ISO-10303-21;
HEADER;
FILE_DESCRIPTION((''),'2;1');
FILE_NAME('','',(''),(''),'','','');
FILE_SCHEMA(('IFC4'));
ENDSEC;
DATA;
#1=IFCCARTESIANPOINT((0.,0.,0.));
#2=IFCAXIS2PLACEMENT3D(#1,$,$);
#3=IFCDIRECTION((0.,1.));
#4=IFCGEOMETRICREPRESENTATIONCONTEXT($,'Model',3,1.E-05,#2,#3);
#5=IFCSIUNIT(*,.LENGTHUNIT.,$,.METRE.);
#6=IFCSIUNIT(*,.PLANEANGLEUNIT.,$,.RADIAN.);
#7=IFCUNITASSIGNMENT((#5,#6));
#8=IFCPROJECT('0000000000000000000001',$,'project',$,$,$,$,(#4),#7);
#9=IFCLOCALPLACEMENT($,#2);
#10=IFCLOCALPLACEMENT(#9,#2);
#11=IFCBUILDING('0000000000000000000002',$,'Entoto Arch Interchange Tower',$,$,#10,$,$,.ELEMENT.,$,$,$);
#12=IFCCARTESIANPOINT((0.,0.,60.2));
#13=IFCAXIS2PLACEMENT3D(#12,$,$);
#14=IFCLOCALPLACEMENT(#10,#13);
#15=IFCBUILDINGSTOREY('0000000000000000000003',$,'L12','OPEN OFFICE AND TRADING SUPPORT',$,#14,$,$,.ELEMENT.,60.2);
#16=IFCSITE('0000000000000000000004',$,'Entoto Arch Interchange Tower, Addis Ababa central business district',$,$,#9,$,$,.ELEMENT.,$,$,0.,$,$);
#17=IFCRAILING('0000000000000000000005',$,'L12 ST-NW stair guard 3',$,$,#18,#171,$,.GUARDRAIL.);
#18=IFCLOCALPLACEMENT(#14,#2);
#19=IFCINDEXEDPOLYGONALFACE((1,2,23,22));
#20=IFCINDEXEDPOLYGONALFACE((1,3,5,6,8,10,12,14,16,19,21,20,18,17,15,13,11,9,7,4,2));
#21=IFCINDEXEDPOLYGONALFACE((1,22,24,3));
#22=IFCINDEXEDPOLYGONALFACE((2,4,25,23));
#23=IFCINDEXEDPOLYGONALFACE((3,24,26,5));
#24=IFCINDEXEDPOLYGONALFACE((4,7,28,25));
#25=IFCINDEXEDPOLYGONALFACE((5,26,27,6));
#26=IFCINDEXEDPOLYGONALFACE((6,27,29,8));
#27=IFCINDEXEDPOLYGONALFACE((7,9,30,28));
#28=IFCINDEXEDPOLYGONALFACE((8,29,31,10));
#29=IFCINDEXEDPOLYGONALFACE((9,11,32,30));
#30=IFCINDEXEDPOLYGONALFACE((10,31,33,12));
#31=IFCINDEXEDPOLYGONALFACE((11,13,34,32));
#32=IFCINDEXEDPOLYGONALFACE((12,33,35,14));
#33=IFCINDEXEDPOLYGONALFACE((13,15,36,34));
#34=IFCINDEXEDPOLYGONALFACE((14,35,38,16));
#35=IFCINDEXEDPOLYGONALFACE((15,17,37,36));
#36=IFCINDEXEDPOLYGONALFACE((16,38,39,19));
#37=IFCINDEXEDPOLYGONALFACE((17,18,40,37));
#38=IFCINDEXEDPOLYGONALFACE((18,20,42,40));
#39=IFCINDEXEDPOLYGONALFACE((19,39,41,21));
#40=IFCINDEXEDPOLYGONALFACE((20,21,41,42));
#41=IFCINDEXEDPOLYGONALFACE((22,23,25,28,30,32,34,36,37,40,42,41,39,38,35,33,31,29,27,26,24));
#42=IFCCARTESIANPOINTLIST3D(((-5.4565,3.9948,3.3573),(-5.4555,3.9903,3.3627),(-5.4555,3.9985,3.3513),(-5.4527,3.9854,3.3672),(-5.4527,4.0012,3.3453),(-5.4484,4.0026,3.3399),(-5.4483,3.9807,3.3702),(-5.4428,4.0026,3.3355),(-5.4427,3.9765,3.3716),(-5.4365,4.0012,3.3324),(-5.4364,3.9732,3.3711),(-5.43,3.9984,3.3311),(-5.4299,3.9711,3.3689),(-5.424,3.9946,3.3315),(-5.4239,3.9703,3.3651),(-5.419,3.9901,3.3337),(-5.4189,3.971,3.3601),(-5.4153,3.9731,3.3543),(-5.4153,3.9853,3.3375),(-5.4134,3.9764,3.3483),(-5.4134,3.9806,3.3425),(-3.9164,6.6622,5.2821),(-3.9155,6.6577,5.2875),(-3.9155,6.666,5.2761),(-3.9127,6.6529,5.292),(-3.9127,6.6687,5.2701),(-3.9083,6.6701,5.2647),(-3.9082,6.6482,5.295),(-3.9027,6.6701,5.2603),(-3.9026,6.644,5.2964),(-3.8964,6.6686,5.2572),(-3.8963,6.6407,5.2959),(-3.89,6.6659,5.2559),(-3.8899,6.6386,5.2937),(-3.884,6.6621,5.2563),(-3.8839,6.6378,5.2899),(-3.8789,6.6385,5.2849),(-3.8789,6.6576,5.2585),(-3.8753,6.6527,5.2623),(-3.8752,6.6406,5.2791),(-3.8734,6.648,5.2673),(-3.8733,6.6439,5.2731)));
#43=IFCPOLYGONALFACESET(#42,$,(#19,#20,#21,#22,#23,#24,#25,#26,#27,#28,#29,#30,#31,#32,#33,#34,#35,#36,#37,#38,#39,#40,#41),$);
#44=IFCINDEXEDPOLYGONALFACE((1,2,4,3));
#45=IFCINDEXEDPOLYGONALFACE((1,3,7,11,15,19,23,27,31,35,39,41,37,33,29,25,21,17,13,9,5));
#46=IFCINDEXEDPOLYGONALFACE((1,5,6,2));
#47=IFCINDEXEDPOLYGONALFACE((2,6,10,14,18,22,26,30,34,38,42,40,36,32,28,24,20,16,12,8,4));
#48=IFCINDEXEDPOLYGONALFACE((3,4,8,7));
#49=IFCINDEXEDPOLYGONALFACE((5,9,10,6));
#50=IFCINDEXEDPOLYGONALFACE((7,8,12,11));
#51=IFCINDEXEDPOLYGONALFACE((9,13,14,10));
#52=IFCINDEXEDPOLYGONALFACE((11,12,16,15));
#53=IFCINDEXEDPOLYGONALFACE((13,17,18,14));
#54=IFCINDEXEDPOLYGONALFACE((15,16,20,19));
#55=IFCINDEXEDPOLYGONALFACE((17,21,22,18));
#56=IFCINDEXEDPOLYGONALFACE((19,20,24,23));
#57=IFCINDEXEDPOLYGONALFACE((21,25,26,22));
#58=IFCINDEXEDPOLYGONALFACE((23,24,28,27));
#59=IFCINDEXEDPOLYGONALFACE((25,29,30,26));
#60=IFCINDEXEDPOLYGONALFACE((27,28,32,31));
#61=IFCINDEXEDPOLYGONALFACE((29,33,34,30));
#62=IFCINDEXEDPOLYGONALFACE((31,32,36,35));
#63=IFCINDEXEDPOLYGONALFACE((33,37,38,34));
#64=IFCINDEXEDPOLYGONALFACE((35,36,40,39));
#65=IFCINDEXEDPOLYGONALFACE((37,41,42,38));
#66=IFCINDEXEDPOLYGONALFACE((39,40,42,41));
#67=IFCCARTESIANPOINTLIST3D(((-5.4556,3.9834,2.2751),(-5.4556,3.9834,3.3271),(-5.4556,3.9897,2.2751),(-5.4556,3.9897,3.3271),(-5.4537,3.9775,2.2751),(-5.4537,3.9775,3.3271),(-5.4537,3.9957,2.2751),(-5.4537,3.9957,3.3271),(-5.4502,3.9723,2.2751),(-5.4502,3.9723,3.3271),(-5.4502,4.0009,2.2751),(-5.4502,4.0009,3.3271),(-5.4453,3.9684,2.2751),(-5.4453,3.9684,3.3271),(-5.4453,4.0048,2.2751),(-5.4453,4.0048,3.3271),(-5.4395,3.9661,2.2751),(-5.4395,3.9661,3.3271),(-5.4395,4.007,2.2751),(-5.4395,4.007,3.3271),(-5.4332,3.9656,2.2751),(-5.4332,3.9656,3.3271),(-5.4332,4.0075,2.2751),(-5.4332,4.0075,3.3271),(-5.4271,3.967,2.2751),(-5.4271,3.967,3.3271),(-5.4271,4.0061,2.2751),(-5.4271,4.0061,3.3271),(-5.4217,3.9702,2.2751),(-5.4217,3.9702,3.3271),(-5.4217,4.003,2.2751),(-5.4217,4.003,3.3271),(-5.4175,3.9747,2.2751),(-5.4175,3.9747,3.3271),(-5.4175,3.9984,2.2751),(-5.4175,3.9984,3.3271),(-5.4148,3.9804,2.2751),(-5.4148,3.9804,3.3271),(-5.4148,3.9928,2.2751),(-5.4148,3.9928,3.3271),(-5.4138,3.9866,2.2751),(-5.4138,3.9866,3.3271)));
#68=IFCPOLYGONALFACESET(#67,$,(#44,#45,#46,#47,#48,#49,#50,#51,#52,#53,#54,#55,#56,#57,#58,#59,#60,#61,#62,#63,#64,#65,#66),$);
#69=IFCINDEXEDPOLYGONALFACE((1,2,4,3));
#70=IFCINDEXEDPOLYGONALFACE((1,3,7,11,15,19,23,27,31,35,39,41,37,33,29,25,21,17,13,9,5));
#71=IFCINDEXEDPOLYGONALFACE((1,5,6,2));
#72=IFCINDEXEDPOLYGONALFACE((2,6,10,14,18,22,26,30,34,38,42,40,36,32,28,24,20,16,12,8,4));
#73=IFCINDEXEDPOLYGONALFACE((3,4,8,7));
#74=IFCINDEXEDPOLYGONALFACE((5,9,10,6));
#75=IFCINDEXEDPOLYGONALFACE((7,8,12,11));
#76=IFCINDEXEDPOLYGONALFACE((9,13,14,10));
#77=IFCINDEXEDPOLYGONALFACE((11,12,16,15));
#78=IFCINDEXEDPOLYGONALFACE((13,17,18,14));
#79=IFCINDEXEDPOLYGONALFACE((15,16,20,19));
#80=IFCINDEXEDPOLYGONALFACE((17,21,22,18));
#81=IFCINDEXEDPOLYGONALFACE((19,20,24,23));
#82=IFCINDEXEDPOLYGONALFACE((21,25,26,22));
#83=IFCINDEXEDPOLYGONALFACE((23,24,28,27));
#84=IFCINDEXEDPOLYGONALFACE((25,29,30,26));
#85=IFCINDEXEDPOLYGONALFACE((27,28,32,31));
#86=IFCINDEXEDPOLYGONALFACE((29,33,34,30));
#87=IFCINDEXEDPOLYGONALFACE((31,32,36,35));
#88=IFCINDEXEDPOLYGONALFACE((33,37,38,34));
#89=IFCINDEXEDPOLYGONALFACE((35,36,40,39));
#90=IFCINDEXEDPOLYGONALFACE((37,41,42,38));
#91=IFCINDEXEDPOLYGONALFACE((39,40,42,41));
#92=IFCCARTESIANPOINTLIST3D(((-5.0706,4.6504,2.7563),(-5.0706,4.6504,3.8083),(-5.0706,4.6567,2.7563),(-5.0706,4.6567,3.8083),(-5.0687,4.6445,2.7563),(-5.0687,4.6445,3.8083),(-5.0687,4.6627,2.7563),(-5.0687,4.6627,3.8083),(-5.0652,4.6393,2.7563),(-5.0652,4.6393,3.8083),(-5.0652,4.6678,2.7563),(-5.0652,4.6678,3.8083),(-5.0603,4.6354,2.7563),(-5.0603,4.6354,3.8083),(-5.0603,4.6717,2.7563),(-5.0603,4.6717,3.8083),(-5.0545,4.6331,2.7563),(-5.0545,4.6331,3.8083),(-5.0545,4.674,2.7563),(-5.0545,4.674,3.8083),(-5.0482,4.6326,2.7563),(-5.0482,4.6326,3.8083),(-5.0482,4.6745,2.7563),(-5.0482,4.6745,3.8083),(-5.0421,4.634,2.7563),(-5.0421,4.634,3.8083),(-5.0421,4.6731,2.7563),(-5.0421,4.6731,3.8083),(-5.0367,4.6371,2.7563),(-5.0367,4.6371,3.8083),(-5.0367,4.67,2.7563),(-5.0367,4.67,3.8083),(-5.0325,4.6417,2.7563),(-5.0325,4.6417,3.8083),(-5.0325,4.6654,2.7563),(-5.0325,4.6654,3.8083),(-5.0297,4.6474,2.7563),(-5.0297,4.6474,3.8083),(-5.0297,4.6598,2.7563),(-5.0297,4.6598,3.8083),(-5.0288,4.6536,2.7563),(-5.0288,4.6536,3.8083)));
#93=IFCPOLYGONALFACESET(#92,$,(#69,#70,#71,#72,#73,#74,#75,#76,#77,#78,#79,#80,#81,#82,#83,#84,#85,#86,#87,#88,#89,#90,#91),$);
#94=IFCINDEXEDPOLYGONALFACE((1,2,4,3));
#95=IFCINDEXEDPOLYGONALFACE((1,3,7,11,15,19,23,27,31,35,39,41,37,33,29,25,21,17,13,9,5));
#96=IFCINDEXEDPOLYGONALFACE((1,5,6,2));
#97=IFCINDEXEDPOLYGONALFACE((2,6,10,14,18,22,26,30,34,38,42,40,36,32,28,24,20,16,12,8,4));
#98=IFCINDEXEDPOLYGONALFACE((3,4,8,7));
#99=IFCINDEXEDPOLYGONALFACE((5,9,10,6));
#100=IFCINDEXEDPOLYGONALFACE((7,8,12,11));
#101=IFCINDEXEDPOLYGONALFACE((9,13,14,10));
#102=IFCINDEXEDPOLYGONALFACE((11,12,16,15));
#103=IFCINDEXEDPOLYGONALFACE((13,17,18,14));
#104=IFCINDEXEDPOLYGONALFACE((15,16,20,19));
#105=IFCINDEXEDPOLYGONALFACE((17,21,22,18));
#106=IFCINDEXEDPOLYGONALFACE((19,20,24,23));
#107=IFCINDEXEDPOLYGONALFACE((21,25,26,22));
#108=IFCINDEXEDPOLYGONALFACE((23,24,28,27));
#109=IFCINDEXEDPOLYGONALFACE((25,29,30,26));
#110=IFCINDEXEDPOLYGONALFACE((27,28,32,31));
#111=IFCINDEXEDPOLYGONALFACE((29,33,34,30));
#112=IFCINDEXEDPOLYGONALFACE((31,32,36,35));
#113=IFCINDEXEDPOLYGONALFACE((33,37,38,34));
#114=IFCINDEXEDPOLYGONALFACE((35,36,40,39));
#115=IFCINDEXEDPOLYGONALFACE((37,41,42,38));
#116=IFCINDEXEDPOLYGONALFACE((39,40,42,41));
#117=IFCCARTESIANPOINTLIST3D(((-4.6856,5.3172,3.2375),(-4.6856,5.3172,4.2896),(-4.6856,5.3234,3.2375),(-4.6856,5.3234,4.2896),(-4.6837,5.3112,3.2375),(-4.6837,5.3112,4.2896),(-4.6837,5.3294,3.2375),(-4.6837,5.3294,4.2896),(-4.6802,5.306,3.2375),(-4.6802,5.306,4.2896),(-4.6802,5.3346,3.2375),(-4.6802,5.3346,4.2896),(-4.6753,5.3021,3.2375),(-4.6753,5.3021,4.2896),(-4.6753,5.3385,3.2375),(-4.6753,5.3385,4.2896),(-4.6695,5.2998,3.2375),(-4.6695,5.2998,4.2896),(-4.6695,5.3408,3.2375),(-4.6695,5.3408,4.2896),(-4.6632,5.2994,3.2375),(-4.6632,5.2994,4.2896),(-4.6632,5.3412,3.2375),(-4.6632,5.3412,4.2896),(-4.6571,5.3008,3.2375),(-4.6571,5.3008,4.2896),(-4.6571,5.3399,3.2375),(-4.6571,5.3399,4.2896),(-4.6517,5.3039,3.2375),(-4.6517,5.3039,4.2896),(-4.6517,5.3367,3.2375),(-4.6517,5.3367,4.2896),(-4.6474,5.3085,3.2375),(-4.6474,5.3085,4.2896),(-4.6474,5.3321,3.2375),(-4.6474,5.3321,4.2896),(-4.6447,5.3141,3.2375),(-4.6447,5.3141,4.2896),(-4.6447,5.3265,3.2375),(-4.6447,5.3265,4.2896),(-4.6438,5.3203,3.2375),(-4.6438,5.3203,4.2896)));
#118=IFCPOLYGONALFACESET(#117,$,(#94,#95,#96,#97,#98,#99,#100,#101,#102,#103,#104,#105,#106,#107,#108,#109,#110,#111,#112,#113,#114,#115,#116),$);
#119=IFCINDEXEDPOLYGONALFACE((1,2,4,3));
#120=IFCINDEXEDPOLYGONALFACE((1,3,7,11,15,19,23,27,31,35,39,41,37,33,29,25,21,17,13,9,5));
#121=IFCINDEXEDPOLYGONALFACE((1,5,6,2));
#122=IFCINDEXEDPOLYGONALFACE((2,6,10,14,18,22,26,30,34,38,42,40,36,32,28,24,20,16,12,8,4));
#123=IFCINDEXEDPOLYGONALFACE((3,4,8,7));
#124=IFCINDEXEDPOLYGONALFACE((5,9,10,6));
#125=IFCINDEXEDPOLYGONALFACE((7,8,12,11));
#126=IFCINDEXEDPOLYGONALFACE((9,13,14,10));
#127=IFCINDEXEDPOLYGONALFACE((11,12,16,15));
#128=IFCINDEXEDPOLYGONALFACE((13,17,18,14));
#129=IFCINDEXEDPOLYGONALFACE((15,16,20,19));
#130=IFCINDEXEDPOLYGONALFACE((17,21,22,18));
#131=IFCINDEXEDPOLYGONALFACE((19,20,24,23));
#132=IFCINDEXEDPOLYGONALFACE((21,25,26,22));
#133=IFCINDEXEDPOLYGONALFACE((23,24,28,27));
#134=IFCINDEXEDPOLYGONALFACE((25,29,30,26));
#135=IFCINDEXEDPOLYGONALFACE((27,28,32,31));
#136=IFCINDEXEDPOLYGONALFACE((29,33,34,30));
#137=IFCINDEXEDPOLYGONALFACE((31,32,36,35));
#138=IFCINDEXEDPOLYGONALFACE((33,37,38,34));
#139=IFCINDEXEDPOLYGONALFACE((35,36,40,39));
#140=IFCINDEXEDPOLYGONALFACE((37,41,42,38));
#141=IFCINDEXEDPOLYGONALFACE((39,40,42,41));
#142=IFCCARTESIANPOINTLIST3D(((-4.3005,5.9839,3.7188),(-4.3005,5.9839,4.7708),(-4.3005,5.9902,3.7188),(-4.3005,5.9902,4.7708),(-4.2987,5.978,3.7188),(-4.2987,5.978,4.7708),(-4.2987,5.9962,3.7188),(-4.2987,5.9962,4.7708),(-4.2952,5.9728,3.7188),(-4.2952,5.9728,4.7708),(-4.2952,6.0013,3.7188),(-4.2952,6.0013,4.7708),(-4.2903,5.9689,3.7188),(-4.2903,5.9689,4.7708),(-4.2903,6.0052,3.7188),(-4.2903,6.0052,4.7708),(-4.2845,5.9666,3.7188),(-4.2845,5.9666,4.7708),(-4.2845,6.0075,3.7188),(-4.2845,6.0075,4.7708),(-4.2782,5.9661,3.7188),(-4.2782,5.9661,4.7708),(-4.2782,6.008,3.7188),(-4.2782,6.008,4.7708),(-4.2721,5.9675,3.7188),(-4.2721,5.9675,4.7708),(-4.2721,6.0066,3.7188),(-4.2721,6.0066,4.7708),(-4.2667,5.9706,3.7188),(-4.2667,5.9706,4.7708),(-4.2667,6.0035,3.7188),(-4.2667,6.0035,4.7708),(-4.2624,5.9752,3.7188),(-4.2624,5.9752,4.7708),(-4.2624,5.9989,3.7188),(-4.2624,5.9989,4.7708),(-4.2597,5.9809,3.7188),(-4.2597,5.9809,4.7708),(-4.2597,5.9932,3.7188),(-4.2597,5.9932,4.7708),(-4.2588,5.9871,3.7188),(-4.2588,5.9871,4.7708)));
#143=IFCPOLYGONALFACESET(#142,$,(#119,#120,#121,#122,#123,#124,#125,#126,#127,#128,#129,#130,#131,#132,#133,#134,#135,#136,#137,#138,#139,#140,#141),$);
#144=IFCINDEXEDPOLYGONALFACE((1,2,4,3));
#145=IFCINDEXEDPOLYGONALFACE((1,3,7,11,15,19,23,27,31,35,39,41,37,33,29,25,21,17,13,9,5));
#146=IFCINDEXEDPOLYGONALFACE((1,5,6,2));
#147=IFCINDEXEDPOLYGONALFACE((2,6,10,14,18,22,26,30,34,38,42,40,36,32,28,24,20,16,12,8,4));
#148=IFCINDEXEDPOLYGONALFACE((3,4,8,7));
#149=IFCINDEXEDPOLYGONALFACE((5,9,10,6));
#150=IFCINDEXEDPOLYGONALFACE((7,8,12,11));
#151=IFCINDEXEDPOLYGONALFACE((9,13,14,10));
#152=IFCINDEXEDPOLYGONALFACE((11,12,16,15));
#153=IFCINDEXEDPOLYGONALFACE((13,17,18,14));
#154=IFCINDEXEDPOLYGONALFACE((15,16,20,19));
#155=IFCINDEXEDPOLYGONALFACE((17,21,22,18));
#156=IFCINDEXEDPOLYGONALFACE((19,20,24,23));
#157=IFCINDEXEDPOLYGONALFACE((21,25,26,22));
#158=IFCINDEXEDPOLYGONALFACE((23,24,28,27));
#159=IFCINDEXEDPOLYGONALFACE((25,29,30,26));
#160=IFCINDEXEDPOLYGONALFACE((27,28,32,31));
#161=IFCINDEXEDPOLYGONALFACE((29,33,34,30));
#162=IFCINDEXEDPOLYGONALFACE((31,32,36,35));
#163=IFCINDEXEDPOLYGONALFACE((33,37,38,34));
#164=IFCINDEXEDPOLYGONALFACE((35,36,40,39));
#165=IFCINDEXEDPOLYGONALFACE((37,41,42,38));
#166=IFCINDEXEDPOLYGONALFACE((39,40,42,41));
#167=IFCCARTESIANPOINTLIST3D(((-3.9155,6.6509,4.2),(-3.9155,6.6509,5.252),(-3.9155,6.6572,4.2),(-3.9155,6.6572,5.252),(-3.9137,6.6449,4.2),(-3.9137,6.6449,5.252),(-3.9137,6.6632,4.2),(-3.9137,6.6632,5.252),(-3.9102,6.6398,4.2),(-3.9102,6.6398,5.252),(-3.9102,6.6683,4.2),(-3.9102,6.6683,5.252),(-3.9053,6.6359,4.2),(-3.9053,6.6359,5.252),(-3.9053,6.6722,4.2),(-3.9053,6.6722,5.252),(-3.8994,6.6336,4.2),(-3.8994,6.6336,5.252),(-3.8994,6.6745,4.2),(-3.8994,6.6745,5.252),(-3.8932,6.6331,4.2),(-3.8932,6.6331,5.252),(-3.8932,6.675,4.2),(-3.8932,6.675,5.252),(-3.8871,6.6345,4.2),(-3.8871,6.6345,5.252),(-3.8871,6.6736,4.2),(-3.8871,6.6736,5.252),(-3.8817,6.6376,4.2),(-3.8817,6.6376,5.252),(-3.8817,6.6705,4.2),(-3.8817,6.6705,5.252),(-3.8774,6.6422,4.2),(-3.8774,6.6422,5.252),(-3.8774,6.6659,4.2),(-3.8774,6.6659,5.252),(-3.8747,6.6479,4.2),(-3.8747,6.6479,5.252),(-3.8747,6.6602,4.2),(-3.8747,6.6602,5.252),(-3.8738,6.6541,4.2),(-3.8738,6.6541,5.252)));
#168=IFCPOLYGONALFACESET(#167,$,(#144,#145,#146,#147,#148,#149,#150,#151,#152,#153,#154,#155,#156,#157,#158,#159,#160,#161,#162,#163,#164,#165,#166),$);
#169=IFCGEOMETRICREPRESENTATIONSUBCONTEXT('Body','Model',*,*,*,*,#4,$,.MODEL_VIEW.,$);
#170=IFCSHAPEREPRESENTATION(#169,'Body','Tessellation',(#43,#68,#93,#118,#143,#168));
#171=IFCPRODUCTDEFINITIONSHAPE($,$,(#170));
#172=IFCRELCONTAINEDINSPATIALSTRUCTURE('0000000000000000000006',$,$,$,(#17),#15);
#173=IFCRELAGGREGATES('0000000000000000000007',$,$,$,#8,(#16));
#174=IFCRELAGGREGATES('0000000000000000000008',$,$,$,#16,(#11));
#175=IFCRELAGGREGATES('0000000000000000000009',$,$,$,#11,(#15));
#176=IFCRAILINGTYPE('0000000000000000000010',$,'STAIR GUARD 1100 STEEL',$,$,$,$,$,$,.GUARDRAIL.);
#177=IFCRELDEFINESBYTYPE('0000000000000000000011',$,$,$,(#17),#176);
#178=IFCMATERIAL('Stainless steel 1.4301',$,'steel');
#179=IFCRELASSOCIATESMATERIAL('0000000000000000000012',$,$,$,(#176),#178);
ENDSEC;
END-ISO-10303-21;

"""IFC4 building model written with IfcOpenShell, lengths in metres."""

from ifc_helpers import new_model, si_unit, direction, frame, origin, origin_2d, place, context, subcontext, project, spatial, circle, extrude, material, type_object, element, save


model = new_model("IFC4")

# Units and contexts
model_context = context("Model", 3, precision=1e-05, world=origin(), true_north=direction((0.0, 1.0)))
body_context = subcontext(model_context, "Body", "Model", "MODEL_VIEW")
ifc_project = project(units=[si_unit("LENGTHUNIT", "METRE"), si_unit("PLANEANGLEUNIT", "RADIAN")], contexts=[model_context])

# Site, building, storey
site_placement = place(None, origin())
site = spatial("IfcSite", under=ifc_project, at=site_placement, Name="Entoto Arch Interchange Tower, Addis Ababa central business district", CompositionType="ELEMENT", RefElevation=0.0)
building_placement = place(site_placement, origin())
building = spatial("IfcBuilding", under=site, at=building_placement, Name="Entoto Arch Interchange Tower", CompositionType="ELEMENT")
storey_placement = place(building_placement, frame((0.0, 0.0, 60.2)))
storey = spatial("IfcBuildingStorey", under=building, at=storey_placement, Name="L12", Description="OPEN OFFICE AND TRADING SUPPORT", CompositionType="ELEMENT", Elevation=60.2)

# Railing
ifc_material_1 = material(Name="Stainless steel 1.4301", Category="steel")
railing_type_1 = type_object("IfcRailingType", Name="STAIR GUARD 1100 STEEL", PredefinedType="GUARDRAIL", material=ifc_material_1)
railing_1_placement = place(storey_placement, frame((-5.4348, 3.9866, 2.2751)))
element("IfcRailing", 1, at=railing_1_placement, inside=storey, type_object=railing_type_1, Name="L12 ST-NW stair guard 3", PredefinedType="GUARDRAIL", context=body_context, shape_type="SweptSolid", body=[
    extrude(circle(Radius=0.0239, at=origin_2d()), frame((0.0, 0.0, 1.0762), z_axis=(0.42401, 0.734421, 0.529945), x_axis=(-0.86603, 0.499992, 0.0)), (0.0, 0.0, 1.0), 3.6321),
    extrude(circle(Radius=0.021, at=origin_2d()), origin(), (0.0, 0.0, 1.0), 1.052),
    extrude(circle(Radius=0.021, at=origin_2d()), frame((0.385, 0.667, 0.4812)), (0.0, 0.0, 1.0), 1.052),
    extrude(circle(Radius=0.021, at=origin_2d()), frame((0.77, 1.3337, 0.9624)), (0.0, 0.0, 1.0), 1.052),
    extrude(circle(Radius=0.021, at=origin_2d()), frame((1.155, 2.0005, 1.4436)), (0.0, 0.0, 1.0), 1.052),
    extrude(circle(Radius=0.021, at=origin_2d()), frame((1.54, 2.6675, 1.9248)), (0.0, 0.0, 1.0), 1.052),
])

save(model, "model.ifc")
